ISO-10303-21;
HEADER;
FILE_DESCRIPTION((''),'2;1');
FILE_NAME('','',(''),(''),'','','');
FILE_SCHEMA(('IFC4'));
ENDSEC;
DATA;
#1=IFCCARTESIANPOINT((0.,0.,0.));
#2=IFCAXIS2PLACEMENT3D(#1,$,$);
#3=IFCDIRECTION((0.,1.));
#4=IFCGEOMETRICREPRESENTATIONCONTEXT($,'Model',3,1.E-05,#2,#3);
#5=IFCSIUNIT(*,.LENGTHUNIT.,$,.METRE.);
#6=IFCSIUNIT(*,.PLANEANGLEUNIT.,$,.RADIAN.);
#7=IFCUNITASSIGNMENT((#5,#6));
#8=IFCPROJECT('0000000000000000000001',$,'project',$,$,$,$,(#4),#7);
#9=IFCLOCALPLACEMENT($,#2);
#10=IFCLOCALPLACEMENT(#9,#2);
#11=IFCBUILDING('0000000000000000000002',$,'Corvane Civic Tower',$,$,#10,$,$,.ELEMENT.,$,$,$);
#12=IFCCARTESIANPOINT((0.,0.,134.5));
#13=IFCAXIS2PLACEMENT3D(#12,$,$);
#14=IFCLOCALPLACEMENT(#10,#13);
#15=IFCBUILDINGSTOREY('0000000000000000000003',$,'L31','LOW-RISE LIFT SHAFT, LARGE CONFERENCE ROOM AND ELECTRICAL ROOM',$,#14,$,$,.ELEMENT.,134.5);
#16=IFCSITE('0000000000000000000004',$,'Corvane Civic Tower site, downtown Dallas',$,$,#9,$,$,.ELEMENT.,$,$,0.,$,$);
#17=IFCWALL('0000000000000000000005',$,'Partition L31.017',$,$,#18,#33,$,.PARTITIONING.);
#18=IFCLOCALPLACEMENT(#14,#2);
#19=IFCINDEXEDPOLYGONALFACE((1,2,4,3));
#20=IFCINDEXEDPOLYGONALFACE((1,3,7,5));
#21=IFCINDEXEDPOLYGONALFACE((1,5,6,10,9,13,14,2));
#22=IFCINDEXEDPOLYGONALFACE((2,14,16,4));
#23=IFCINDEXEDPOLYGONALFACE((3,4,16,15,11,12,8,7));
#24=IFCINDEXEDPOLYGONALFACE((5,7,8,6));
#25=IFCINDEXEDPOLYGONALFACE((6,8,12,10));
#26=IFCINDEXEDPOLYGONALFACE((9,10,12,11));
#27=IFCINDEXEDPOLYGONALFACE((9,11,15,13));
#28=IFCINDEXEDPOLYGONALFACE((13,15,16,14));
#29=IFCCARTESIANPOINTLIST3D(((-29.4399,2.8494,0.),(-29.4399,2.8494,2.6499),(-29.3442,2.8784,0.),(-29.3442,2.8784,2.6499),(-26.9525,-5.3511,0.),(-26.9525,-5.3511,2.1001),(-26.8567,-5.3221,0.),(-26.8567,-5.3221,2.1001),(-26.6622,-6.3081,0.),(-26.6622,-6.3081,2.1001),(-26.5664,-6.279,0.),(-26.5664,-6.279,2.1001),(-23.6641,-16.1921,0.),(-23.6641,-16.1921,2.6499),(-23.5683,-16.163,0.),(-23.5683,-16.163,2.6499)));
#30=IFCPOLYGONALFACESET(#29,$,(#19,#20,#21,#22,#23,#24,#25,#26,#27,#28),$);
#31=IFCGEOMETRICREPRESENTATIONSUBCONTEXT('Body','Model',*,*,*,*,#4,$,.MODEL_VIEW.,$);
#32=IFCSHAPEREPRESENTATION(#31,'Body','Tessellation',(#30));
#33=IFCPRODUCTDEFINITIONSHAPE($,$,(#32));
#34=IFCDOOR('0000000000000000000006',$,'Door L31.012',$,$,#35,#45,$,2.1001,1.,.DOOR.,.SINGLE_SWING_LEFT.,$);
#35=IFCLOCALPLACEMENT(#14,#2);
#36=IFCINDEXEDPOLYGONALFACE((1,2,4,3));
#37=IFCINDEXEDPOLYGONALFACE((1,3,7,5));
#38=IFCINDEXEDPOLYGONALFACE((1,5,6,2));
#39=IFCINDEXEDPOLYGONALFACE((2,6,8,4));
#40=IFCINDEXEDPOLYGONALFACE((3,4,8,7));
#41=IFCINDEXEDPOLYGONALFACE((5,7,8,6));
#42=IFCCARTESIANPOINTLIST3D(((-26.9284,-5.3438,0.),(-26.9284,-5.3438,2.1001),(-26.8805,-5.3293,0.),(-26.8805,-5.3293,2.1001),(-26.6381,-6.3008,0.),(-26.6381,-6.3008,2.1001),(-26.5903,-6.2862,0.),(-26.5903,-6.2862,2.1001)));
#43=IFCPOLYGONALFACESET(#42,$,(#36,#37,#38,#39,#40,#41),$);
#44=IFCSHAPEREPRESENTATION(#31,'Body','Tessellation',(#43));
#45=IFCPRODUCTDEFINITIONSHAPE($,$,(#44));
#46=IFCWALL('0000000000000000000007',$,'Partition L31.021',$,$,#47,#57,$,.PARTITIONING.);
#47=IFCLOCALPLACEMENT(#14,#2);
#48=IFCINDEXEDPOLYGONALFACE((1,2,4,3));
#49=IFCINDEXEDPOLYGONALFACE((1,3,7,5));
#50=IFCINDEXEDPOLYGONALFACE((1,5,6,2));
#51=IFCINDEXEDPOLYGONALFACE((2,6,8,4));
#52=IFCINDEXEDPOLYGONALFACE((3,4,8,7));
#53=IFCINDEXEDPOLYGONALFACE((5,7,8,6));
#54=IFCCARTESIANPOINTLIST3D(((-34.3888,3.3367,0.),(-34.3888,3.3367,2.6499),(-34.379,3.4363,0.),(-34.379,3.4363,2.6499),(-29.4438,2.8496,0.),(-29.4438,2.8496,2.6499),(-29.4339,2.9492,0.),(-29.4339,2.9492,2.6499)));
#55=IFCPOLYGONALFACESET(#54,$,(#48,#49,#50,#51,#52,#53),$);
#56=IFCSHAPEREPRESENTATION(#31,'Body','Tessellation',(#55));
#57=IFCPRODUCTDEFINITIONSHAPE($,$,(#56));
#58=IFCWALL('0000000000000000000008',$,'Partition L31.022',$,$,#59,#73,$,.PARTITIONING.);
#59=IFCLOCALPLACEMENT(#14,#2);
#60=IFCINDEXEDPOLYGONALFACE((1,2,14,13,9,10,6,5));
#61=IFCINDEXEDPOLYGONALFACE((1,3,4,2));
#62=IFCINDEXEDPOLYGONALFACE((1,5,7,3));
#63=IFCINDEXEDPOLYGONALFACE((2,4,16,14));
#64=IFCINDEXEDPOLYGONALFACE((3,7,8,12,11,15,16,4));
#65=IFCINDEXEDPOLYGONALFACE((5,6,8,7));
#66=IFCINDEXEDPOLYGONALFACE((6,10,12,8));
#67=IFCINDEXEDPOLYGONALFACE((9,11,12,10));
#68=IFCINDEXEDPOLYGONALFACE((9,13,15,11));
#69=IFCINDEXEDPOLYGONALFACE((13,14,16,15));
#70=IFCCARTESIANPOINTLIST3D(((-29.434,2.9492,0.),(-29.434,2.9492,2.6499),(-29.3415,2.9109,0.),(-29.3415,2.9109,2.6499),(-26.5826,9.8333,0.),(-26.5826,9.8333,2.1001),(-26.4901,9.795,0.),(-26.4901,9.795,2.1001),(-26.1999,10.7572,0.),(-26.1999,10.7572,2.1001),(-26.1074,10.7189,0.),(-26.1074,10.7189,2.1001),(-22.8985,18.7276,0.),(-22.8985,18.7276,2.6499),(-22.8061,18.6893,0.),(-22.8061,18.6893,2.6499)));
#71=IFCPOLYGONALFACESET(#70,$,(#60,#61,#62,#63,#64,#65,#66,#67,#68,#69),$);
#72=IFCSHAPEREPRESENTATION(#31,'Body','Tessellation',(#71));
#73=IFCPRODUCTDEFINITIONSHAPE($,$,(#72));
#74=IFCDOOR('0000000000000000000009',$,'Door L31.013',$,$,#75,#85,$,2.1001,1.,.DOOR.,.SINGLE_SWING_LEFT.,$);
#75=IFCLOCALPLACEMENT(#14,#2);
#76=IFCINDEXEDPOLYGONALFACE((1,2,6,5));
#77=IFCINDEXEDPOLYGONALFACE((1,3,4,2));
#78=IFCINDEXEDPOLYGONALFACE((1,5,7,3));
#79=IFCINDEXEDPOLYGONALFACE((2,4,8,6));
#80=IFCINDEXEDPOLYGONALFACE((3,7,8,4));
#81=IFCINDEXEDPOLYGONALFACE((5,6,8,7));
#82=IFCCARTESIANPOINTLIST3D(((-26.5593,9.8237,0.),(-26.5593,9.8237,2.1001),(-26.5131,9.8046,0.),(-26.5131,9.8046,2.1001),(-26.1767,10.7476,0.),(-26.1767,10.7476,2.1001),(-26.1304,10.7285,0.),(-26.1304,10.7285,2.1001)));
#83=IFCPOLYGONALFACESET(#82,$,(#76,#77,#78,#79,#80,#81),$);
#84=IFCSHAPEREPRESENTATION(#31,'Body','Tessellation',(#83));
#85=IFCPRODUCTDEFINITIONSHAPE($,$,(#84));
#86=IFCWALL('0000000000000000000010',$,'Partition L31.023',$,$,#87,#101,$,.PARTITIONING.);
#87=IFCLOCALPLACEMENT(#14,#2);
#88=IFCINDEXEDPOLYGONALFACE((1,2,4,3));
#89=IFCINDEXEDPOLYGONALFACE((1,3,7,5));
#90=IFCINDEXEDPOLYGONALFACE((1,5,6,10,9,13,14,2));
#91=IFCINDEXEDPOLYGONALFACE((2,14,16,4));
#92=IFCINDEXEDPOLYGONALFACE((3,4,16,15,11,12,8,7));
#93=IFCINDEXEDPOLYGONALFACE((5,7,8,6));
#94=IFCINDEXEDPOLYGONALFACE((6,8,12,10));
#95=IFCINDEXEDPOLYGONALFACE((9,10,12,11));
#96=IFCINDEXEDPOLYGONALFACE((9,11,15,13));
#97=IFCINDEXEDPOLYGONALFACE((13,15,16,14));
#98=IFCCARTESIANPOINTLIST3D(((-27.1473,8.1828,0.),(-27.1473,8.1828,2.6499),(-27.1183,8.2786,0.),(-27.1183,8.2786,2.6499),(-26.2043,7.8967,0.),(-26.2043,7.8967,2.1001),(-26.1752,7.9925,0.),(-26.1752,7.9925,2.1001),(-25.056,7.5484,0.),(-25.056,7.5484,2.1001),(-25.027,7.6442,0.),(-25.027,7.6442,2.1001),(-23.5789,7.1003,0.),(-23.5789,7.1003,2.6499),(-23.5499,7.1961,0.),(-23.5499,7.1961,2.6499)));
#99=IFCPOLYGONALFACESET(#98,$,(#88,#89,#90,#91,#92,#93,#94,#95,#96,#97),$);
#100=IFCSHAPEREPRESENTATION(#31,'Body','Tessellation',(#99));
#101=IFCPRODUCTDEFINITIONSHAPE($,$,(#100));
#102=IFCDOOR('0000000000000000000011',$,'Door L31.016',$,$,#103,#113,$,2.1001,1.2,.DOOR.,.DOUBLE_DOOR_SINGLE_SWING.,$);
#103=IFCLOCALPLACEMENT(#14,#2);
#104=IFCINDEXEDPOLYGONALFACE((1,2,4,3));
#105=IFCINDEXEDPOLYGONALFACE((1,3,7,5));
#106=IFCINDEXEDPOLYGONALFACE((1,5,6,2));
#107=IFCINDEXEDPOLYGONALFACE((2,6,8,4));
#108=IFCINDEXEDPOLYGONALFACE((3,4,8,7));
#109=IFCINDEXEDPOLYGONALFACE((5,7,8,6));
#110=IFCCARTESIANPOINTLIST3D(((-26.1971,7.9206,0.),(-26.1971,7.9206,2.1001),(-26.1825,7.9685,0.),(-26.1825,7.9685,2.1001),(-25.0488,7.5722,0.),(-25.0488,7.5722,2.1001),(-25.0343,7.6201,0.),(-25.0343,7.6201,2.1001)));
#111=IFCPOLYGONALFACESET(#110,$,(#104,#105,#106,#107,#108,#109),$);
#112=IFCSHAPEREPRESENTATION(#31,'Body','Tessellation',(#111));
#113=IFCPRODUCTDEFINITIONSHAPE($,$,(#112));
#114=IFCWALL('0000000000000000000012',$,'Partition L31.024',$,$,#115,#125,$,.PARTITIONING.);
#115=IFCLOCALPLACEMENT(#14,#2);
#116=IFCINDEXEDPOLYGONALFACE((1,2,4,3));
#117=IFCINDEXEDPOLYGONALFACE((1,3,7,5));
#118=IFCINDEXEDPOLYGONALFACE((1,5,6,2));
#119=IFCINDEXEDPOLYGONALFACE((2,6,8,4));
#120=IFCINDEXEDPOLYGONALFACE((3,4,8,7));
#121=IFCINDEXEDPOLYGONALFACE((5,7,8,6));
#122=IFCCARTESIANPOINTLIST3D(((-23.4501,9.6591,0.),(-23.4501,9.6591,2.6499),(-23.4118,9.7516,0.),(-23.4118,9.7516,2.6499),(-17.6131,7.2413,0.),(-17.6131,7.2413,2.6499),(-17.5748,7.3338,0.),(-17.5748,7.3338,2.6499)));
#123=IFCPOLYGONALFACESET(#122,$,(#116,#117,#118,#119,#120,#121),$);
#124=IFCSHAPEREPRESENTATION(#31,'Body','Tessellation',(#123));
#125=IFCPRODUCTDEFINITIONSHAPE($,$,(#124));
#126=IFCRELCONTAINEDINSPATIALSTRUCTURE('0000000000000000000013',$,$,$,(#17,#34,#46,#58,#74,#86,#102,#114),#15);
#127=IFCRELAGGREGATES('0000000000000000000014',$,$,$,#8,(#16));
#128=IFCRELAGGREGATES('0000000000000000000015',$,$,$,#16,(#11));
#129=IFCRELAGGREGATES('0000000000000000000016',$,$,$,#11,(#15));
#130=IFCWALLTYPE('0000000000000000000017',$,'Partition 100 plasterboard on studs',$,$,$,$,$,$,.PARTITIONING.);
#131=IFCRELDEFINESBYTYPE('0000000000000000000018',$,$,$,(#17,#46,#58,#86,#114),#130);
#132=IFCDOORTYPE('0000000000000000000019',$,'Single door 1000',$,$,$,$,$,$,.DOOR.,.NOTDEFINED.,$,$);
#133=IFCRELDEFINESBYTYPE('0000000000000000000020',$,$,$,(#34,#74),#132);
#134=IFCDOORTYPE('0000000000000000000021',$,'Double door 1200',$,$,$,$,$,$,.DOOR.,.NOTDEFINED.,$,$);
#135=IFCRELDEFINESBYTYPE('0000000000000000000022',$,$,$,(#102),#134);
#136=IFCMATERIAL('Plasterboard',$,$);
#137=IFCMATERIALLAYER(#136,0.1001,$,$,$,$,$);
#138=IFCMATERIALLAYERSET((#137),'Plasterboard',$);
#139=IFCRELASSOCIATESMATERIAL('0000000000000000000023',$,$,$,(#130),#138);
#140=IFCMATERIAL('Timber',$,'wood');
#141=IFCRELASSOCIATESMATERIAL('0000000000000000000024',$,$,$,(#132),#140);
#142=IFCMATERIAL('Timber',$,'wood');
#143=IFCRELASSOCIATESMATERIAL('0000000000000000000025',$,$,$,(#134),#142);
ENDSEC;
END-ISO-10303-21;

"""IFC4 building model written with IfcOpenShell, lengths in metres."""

from ifc_helpers import new_model, si_unit, direction, frame, frame_2d, origin, place, context, subcontext, project, spatial, rectangle, extrude, material, layer, layer_set, type_object, element, fill, save


model = new_model("IFC4")

# Units and contexts
model_context = context("Model", 3, precision=1e-05, world=origin(), true_north=direction((0.0, 1.0)))
body_context = subcontext(model_context, "Body", "Model", "MODEL_VIEW")
ifc_project = project(units=[si_unit("LENGTHUNIT", "METRE"), si_unit("PLANEANGLEUNIT", "RADIAN")], contexts=[model_context])

# Site, building, storey
site_placement = place(None, origin())
site = spatial("IfcSite", under=ifc_project, at=site_placement, Name="Corvane Civic Tower site, downtown Dallas", CompositionType="ELEMENT", RefElevation=0.0)
building_placement = place(site_placement, origin())
building = spatial("IfcBuilding", under=site, at=building_placement, Name="Corvane Civic Tower", CompositionType="ELEMENT")
storey_placement = place(building_placement, frame((0.0, 0.0, 134.5)))
storey = spatial("IfcBuildingStorey", under=building, at=storey_placement, Name="L31", Description="LOW-RISE LIFT SHAFT, LARGE CONFERENCE ROOM AND ELECTRICAL ROOM", CompositionType="ELEMENT", Elevation=134.5)

# Wall, opening, door
ifc_material_1 = material(Name="Plasterboard")
ifc_layer_1 = layer(ifc_material_1, 0.1001)
ifc_layer_set_1 = layer_set([ifc_layer_1], Name="Plasterboard")
wall_type = type_object("IfcWallType", Name="Partition 100 plasterboard on studs", PredefinedType="PARTITIONING", material=ifc_layer_set_1)
wall_1_placement = place(storey_placement, frame((-29.3921, 2.864, 0.0), z_axis=(0.0, 0.0, 1.0), x_axis=(0.290271, -0.956944, 0.0)))
wall_1 = element("IfcWall", 1, at=wall_1_placement, inside=storey, type_object=wall_type, Name="Partition L31.017", PredefinedType="PARTITIONING", context=body_context, shape_type="SweptSolid", body=[
    extrude(rectangle(XDim=19.8982, YDim=0.1001, at=frame_2d((9.9492, 0.0))), origin(), (0.0, 0.0, 1.0), 2.6499),
])
opening_1_placement = place(wall_1_placement, frame((8.5696, 0.0, 0.0)))
opening_1 = element("IfcOpeningElement", 2, at=opening_1_placement, cuts=wall_1, PredefinedType="OPENING", context=body_context, shape_type="SweptSolid", body=[
    extrude(rectangle(XDim=1.0, YDim=2.1001, at=frame_2d((0.5, 1.05))), frame((0.0, 0.0601, 0.0), z_axis=(0.0, -1.0, 0.0), x_axis=(1.0, 0.0, 0.0)), (0.0, 0.0, 1.0), 0.1201),
])
ifc_material_2 = material(Name="Timber", Category="wood")
door_type_1 = type_object("IfcDoorType", Name="Single door 1000", OperationType="NOTDEFINED", PredefinedType="DOOR", material=ifc_material_2)
door_1_placement = place(opening_1_placement, frame((1.0, 0.0, 0.0), z_axis=(0.0, 0.0, 1.0), x_axis=(-1.0, 0.0, 0.0)))
door_1 = element("IfcDoor", 3, at=door_1_placement, inside=storey, type_object=door_type_1, Name="Door L31.012", OperationType="SINGLE_SWING_LEFT", OverallHeight=2.1001, OverallWidth=1.0, PredefinedType="DOOR", context=body_context, shape_type="SweptSolid", body=[
    extrude(rectangle(XDim=1.0, YDim=2.1001, at=frame_2d((0.5, 1.05))), frame((0.0, 0.0249, 0.0), z_axis=(0.0, -1.0, 0.0), x_axis=(1.0, 0.0, 0.0)), (0.0, 0.0, 1.0), 0.05),
])
fill(opening_1, door_1)

# Wall
wall_2_placement = place(storey_placement, frame((-34.3838, 3.3865, 0.0), z_axis=(0.0, 0.0, 1.0), x_axis=(0.995184, -0.09802, 0.0)))
element("IfcWall", 4, at=wall_2_placement, inside=storey, type_object=wall_type, Name="Partition L31.021", PredefinedType="PARTITIONING", context=body_context, shape_type="SweptSolid", body=[
    extrude(rectangle(XDim=4.969, YDim=0.1001, at=frame_2d((2.4844, 0.0))), origin(), (0.0, 0.0, 1.0), 2.6499),
])

# Walls, openings, doors
wall_3_placement = place(storey_placement, frame((-29.3877, 2.9302, 0.0), z_axis=(0.0, 0.0, 1.0), x_axis=(0.382674, 0.923884, 0.0)))
wall_3 = element("IfcWall", 5, at=wall_3_placement, inside=storey, type_object=wall_type, Name="Partition L31.022", PredefinedType="PARTITIONING", context=body_context, shape_type="SweptSolid", body=[
    extrude(rectangle(XDim=17.0784, YDim=0.1001, at=frame_2d((8.5391, 0.0))), origin(), (0.0, 0.0, 1.0), 2.6499),
])
opening_2_placement = place(wall_3_placement, frame((7.4512, 0.0, 0.0)))
opening_2 = element("IfcOpeningElement", 6, at=opening_2_placement, cuts=wall_3, PredefinedType="OPENING", context=body_context, shape_type="SweptSolid", body=[
    extrude(rectangle(XDim=1.0, YDim=2.1001, at=frame_2d((0.5, 1.05))), frame((0.0, 0.0601, 0.0), z_axis=(0.0, -1.0, 0.0), x_axis=(1.0, 0.0, 0.0)), (0.0, 0.0, 1.0), 0.1201),
])
door_2_placement = place(opening_2_placement, origin())
door_2 = element("IfcDoor", 7, at=door_2_placement, inside=storey, type_object=door_type_1, Name="Door L31.013", OperationType="SINGLE_SWING_LEFT", OverallHeight=2.1001, OverallWidth=1.0, PredefinedType="DOOR", context=body_context, shape_type="SweptSolid", body=[
    extrude(rectangle(XDim=1.0, YDim=2.1001, at=frame_2d((0.5, 1.05))), frame((0.0, 0.0249, 0.0), z_axis=(0.0, -1.0, 0.0), x_axis=(1.0, 0.0, 0.0)), (0.0, 0.0, 1.0), 0.05),
])
fill(opening_2, door_2)
wall_4_placement = place(storey_placement, frame((-27.1328, 8.2307, 0.0), z_axis=(0.0, 0.0, 1.0), x_axis=(0.956935, -0.290302, 0.0)))
wall_4 = element("IfcWall", 8, at=wall_4_placement, inside=storey, type_object=wall_type, Name="Partition L31.023", PredefinedType="PARTITIONING", context=body_context, shape_type="SweptSolid", body=[
    extrude(rectangle(XDim=3.729, YDim=0.1001, at=frame_2d((1.8645, 0.0))), origin(), (0.0, 0.0, 1.0), 2.6499),
])
opening_3_placement = place(wall_4_placement, frame((0.9854, 0.0, 0.0)))
opening_3 = element("IfcOpeningElement", 9, at=opening_3_placement, cuts=wall_4, PredefinedType="OPENING", context=body_context, shape_type="SweptSolid", body=[
    extrude(rectangle(XDim=1.2, YDim=2.1001, at=frame_2d((0.6001, 1.05))), frame((0.0, 0.0601, 0.0), z_axis=(0.0, -1.0, 0.0), x_axis=(1.0, 0.0, 0.0)), (0.0, 0.0, 1.0), 0.1201),
])
ifc_material_3 = material(Name="Timber", Category="wood")
door_type_2 = type_object("IfcDoorType", Name="Double door 1200", OperationType="NOTDEFINED", PredefinedType="DOOR", material=ifc_material_3)
door_3_placement = place(opening_3_placement, origin())
door_3 = element("IfcDoor", 10, at=door_3_placement, inside=storey, type_object=door_type_2, Name="Door L31.016", OperationType="DOUBLE_DOOR_SINGLE_SWING", OverallHeight=2.1001, OverallWidth=1.2, PredefinedType="DOOR", context=body_context, shape_type="SweptSolid", body=[
    extrude(rectangle(XDim=1.2, YDim=2.1001, at=frame_2d((0.6001, 1.05))), frame((0.0, 0.0249, 0.0), z_axis=(0.0, -1.0, 0.0), x_axis=(1.0, 0.0, 0.0)), (0.0, 0.0, 1.0), 0.05),
])
fill(opening_3, door_3)

# Wall
wall_5_placement = place(storey_placement, frame((-23.4309, 9.7053, 0.0), z_axis=(0.0, 0.0, 1.0), x_axis=(0.92388, -0.382683, 0.0)))
element("IfcWall", 11, at=wall_5_placement, inside=storey, type_object=wall_type, Name="Partition L31.024", PredefinedType="PARTITIONING", context=body_context, shape_type="SweptSolid", body=[
    extrude(rectangle(XDim=6.3179, YDim=0.1001, at=frame_2d((3.1589, 0.0))), origin(), (0.0, 0.0, 1.0), 2.6499),
])

save(model, "model.ifc")
